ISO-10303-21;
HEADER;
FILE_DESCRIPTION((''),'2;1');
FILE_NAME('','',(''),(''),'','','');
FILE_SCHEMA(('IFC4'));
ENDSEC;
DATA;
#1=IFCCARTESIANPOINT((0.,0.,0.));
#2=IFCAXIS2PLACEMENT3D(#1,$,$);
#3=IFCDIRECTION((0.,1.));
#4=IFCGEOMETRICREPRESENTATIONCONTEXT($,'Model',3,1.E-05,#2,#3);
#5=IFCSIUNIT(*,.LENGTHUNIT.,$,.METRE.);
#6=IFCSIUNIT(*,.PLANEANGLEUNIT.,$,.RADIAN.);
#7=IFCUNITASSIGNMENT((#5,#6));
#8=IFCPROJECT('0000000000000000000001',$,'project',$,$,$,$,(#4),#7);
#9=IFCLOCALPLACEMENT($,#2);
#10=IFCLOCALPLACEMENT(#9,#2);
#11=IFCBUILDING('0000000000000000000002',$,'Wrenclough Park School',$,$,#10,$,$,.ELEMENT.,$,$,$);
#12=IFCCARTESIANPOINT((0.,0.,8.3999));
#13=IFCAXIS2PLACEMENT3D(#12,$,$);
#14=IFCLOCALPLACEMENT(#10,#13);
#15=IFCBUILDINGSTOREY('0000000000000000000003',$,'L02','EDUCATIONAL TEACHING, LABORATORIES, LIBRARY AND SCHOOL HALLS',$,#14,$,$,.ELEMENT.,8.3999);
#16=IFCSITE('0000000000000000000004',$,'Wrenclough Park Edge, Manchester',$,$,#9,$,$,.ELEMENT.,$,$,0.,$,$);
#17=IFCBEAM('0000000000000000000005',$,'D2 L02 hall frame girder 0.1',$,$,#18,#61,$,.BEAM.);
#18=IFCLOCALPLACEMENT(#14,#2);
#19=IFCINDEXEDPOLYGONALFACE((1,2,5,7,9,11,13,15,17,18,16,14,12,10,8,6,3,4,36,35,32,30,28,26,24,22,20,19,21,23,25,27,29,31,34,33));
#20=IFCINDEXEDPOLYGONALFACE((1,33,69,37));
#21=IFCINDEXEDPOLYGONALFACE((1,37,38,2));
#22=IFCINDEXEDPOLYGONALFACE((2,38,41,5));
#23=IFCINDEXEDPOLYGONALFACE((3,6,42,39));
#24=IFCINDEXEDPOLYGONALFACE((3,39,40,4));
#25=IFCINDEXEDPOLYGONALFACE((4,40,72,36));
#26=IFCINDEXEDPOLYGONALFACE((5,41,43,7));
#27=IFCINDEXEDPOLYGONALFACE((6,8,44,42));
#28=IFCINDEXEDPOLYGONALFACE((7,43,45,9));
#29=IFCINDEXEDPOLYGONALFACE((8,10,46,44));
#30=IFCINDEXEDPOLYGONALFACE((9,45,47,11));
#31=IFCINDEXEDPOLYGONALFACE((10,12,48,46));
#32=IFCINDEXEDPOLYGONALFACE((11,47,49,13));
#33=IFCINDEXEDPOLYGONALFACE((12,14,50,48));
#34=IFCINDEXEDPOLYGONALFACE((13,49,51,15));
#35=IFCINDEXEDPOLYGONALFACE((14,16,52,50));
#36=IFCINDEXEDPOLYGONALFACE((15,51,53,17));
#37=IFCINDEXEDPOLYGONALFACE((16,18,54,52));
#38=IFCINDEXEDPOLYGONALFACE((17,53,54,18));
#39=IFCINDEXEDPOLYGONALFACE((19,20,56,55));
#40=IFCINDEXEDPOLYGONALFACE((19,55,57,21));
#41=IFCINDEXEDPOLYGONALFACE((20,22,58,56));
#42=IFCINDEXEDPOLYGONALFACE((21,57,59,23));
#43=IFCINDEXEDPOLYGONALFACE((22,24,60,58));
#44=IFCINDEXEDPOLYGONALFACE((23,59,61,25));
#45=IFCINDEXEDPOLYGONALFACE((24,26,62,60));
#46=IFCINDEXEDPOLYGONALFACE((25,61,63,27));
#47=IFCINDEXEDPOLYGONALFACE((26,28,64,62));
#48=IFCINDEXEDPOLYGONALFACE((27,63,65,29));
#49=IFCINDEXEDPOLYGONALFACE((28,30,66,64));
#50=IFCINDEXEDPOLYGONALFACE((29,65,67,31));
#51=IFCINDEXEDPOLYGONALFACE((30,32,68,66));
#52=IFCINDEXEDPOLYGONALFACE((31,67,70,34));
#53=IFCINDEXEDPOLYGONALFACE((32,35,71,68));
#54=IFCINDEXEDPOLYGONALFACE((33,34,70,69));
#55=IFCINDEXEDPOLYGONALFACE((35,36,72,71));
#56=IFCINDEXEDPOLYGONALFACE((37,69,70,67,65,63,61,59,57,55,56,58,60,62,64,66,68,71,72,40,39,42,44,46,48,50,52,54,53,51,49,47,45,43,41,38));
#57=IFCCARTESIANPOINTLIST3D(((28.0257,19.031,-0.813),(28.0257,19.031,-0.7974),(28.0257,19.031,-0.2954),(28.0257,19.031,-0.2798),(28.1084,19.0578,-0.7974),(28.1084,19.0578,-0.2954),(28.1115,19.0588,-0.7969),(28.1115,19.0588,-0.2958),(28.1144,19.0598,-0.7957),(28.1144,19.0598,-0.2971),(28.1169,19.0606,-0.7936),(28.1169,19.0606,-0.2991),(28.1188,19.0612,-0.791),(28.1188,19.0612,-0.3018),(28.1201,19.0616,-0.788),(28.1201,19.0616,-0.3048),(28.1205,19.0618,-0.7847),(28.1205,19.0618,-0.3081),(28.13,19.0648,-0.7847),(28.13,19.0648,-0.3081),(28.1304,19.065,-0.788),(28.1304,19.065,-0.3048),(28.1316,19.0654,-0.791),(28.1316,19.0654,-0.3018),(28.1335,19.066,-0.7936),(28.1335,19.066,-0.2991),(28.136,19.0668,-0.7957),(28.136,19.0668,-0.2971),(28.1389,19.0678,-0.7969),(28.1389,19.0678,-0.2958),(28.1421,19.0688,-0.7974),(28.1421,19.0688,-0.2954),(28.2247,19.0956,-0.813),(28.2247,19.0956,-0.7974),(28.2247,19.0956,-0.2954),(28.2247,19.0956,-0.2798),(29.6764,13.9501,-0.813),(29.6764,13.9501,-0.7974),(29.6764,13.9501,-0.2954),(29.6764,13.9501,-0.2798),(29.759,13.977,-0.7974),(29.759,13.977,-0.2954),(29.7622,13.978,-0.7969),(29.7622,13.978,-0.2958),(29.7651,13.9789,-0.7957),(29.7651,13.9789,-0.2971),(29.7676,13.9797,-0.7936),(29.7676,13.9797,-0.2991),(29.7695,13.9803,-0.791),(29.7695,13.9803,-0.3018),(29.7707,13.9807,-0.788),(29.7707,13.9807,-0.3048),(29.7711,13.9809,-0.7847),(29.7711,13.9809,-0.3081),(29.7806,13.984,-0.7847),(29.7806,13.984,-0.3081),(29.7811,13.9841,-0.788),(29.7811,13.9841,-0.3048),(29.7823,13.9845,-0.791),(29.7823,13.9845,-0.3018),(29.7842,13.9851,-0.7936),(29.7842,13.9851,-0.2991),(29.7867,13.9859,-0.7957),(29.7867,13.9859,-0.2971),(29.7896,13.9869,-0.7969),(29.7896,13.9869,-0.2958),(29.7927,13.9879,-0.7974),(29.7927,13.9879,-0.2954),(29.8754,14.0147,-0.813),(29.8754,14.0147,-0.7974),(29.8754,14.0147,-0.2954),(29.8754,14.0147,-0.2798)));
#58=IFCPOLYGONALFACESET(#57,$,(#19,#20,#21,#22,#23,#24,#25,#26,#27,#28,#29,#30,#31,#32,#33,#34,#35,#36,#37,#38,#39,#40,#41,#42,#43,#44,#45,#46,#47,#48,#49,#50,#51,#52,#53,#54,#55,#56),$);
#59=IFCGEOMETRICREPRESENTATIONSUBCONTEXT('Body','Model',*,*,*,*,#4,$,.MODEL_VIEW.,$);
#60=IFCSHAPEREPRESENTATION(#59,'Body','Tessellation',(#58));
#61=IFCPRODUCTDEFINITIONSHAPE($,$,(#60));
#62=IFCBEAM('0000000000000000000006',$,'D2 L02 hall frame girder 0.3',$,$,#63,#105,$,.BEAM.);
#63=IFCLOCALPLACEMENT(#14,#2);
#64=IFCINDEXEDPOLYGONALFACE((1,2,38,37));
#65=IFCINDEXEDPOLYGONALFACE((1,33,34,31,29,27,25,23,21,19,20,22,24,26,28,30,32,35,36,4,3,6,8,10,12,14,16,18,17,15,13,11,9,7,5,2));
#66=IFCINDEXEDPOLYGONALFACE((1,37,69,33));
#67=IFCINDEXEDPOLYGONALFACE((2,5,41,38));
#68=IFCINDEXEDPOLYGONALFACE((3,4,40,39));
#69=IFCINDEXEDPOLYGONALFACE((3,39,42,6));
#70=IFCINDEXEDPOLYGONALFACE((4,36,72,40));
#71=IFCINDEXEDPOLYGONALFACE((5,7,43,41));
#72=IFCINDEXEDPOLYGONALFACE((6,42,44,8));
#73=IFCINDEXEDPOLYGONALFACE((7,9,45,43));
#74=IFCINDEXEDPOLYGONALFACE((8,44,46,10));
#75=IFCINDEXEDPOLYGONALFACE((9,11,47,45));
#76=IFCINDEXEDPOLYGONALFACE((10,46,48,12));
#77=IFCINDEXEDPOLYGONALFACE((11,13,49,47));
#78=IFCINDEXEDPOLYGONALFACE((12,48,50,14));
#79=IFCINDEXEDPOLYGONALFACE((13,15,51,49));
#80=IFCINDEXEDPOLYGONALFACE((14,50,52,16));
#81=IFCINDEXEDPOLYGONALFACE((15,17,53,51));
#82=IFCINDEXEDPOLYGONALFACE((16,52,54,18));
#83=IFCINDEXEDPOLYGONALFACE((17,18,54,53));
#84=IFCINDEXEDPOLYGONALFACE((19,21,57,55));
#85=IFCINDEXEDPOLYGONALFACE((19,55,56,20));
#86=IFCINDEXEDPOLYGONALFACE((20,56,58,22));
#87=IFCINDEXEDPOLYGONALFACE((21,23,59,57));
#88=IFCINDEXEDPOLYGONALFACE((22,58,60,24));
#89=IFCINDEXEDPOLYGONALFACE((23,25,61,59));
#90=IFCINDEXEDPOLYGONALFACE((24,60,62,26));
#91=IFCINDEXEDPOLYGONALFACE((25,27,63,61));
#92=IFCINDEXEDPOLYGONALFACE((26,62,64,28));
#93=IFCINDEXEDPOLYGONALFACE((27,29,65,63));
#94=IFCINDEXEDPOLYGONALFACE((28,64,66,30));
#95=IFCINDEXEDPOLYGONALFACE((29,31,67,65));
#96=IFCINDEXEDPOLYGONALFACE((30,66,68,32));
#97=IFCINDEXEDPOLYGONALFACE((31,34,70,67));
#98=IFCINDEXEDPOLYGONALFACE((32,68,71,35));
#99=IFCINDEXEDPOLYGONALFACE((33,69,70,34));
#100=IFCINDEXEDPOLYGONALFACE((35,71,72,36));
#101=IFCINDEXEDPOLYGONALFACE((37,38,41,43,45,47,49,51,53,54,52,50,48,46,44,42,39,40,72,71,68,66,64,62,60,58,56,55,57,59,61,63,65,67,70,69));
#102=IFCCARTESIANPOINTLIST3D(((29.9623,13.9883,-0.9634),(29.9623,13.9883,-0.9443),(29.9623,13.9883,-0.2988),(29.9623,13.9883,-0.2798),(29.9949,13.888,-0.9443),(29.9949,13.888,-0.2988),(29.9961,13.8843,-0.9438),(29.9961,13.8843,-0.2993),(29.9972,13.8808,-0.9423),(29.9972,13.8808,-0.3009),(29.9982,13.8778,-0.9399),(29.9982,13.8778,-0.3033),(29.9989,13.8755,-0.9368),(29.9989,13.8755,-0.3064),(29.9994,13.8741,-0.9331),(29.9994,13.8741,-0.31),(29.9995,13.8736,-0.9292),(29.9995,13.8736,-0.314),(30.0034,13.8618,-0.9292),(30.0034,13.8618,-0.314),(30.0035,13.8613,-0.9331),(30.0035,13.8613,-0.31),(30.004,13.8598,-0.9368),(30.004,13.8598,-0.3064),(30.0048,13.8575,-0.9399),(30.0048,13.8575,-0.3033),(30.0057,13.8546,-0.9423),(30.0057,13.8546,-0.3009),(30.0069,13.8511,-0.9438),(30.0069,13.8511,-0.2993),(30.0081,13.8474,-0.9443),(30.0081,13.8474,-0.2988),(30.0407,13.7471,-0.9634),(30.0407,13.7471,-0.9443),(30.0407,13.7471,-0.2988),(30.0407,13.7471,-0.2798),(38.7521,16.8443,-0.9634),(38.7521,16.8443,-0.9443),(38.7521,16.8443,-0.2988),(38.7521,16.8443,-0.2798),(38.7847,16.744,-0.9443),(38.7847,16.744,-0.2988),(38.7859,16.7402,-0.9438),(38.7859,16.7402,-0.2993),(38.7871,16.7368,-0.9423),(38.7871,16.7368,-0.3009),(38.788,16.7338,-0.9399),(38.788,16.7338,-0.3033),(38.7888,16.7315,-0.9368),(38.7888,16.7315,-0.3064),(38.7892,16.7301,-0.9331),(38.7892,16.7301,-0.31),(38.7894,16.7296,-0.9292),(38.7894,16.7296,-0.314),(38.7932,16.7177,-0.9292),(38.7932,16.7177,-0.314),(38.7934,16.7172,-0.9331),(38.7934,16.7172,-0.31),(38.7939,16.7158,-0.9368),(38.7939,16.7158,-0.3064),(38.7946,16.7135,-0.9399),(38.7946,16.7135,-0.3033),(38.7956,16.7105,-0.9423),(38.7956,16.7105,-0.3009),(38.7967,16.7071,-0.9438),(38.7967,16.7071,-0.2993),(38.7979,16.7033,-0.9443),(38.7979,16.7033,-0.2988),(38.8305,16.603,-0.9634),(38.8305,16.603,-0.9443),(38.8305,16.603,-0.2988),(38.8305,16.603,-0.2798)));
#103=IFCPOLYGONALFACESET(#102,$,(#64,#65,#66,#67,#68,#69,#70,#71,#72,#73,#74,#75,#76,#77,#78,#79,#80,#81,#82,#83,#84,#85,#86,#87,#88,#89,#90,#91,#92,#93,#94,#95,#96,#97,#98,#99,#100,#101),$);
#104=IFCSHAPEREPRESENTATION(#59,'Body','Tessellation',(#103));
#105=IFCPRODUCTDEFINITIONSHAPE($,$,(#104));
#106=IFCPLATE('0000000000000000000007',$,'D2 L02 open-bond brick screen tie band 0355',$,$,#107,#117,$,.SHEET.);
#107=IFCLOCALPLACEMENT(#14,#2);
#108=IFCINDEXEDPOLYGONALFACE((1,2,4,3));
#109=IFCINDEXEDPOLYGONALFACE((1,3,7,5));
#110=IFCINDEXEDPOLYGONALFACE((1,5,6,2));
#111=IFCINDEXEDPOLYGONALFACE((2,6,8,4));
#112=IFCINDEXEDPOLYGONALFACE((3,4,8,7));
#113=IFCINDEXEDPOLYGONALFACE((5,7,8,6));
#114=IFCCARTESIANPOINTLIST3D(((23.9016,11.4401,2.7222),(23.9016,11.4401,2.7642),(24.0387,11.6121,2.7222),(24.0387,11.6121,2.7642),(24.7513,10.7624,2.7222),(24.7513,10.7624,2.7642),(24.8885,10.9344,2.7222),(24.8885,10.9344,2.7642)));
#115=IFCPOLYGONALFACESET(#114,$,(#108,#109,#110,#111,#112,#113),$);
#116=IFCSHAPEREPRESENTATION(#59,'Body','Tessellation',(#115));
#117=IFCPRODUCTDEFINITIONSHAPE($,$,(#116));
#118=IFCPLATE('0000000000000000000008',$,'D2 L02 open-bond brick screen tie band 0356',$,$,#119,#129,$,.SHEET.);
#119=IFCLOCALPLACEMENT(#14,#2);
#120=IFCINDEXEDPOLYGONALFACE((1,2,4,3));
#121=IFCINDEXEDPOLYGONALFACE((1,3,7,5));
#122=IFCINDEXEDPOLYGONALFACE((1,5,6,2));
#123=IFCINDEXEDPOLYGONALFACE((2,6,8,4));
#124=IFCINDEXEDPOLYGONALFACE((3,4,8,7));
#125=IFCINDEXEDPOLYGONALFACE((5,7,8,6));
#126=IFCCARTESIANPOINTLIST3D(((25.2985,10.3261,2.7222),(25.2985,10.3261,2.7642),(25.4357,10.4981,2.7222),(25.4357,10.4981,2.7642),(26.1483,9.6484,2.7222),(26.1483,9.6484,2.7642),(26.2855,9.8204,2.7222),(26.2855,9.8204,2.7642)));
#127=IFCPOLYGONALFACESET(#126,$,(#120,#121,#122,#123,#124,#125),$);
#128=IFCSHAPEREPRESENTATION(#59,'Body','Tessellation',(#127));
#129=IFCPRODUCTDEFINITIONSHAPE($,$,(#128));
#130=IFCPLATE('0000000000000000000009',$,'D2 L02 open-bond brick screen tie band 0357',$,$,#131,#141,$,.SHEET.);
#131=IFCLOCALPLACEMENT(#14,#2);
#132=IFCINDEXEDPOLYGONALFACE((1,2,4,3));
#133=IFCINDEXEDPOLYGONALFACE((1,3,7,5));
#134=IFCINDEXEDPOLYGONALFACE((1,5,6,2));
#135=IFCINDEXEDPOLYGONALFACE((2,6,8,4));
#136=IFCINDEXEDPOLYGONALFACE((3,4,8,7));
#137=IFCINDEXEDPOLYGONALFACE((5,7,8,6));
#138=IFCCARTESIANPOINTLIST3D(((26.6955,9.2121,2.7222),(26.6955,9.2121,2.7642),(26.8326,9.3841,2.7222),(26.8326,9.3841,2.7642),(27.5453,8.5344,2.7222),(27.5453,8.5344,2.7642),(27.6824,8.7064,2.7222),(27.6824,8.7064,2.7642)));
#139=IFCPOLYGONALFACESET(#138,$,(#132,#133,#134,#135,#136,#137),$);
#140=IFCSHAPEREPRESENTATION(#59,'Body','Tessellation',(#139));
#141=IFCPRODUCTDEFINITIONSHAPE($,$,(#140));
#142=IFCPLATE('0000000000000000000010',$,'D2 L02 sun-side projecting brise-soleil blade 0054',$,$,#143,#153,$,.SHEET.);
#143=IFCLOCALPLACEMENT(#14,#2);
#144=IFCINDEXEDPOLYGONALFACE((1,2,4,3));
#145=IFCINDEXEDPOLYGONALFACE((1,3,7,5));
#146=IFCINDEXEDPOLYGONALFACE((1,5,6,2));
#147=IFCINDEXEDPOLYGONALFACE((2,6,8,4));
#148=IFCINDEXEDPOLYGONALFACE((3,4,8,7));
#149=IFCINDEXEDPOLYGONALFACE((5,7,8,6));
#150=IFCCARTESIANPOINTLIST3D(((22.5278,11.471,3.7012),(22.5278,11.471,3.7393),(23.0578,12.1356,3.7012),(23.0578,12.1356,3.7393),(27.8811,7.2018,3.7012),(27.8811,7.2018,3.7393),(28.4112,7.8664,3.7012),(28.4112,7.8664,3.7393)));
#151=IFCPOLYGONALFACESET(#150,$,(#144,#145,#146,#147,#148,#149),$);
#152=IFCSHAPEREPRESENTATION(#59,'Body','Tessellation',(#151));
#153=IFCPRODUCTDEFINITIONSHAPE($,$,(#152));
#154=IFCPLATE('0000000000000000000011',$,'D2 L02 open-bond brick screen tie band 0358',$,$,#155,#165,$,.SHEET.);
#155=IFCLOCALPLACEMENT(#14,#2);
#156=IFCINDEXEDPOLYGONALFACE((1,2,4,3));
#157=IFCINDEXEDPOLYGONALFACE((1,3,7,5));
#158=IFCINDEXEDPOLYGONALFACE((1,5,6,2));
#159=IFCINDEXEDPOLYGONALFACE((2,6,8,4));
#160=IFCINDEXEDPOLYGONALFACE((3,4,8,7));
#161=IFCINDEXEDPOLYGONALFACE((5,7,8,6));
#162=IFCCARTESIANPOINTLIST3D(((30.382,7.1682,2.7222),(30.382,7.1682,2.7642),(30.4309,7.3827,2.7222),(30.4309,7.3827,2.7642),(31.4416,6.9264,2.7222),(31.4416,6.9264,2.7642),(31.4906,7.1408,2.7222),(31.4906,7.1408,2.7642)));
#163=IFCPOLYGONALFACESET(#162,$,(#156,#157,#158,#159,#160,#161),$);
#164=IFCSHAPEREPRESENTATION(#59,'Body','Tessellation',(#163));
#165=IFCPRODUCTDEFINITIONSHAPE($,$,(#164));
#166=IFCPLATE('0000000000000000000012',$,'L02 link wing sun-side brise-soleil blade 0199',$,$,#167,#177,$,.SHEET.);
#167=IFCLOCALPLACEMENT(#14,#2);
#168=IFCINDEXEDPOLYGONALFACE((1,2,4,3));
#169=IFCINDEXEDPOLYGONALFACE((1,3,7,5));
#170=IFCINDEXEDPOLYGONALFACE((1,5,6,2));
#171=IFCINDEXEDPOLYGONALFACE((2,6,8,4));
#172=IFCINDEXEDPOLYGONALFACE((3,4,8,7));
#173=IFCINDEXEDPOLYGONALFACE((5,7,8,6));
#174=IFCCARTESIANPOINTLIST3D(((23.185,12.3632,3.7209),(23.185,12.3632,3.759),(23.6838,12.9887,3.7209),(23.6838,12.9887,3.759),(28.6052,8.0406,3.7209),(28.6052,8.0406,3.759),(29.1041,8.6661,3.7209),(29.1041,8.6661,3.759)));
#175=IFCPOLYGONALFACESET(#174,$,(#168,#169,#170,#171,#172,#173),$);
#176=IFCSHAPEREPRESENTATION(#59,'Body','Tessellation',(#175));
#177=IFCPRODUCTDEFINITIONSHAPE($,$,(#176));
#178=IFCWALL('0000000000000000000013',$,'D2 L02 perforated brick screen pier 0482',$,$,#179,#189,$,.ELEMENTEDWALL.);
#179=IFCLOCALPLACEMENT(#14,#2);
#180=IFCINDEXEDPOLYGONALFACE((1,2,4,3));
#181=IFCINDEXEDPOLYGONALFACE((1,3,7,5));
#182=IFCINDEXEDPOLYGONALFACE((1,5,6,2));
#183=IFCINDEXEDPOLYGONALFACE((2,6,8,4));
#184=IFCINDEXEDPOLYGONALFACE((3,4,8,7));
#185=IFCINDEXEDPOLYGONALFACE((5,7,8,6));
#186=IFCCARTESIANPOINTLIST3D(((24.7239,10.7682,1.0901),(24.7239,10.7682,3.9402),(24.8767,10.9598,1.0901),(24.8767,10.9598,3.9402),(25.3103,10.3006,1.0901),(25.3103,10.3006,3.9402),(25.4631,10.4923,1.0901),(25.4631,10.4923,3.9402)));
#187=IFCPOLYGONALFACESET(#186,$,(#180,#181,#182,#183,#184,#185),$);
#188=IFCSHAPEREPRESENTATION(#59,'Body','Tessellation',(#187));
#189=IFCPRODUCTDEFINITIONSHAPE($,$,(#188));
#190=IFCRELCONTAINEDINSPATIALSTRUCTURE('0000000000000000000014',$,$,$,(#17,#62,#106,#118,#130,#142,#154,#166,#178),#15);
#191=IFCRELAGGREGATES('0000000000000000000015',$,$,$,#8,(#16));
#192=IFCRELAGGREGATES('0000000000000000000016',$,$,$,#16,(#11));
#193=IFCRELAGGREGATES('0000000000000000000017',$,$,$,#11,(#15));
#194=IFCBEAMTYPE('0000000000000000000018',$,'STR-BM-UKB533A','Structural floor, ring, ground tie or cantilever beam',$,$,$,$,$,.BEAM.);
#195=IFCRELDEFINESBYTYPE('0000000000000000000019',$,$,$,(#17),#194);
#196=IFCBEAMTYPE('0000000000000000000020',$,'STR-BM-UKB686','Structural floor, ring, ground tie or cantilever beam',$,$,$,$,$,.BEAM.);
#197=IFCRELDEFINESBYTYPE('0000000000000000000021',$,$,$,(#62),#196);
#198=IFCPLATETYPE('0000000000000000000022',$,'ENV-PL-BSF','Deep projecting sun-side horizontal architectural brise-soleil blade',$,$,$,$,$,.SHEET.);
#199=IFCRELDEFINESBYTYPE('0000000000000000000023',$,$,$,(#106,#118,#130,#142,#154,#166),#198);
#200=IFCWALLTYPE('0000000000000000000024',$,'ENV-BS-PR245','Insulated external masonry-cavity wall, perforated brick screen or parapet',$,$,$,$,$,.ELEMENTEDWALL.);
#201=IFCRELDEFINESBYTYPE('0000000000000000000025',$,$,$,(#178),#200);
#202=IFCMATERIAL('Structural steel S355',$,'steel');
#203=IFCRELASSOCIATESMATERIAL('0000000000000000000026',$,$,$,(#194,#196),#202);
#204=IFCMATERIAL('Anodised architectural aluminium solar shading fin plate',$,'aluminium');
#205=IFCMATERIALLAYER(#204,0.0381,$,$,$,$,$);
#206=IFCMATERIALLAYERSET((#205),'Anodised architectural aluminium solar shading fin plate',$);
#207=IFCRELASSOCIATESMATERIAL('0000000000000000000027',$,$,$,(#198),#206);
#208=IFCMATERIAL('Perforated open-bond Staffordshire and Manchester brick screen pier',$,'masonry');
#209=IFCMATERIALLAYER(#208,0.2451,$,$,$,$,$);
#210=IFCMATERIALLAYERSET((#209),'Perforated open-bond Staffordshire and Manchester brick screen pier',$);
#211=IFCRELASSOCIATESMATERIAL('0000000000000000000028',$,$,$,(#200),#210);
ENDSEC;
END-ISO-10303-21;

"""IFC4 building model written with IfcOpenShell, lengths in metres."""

from ifc_helpers import new_model, si_unit, direction, frame, frame_2d, origin, origin_2d, place, context, subcontext, project, spatial, rectangle, i_section, extrude, material, layer, layer_set, material_profile, profile_set, type_object, element, save


model = new_model("IFC4")

# Units and contexts
model_context = context("Model", 3, precision=1e-05, world=origin(), true_north=direction((0.0, 1.0)))
body_context = subcontext(model_context, "Body", "Model", "MODEL_VIEW")
ifc_project = project(units=[si_unit("LENGTHUNIT", "METRE"), si_unit("PLANEANGLEUNIT", "RADIAN")], contexts=[model_context])

# Site, building, storey
site_placement = place(None, origin())
site = spatial("IfcSite", under=ifc_project, at=site_placement, Name="Wrenclough Park Edge, Manchester", CompositionType="ELEMENT", RefElevation=0.0)
building_placement = place(site_placement, origin())
building = spatial("IfcBuilding", under=site, at=building_placement, Name="Wrenclough Park School", CompositionType="ELEMENT")
storey_placement = place(building_placement, frame((0.0, 0.0, 8.3999)))
storey = spatial("IfcBuildingStorey", under=building, at=storey_placement, Name="L02", Description="EDUCATIONAL TEACHING, LABORATORIES, LIBRARY AND SCHOOL HALLS", CompositionType="ELEMENT", Elevation=8.3999)

# Shared definitions
ifc_material_1 = material(Name="Structural steel S355", Category="steel")

# Beams
ifc_material_profile_1 = material_profile(ifc_material_1, i_section(OverallWidth=0.2092, OverallDepth=0.5332, WebThickness=0.01, FlangeThickness=0.0156, FilletRadius=0.0127, at=origin_2d()), Name="UKB 533x210x92")
ifc_profile_set_1 = profile_set([ifc_material_profile_1], Name="Structural steel S355")
beam_type_1 = type_object("IfcBeamType", Name="STR-BM-UKB533A", Description="Structural floor, ring, ground tie or cantilever beam", PredefinedType="BEAM", material=ifc_profile_set_1)
beam_1_placement = place(storey_placement, frame((29.7759, 13.9824, -0.5464), z_axis=(-0.30898, 0.951069, 0.0), x_axis=(-0.951069, -0.30898, 0.0)))
element("IfcBeam", 1, at=beam_1_placement, inside=storey, type_object=beam_type_1, Name="D2 L02 hall frame girder 0.1", PredefinedType="BEAM", context=body_context, shape_type="SweptSolid", body=[
    extrude(i_section(OverallWidth=0.2092, OverallDepth=0.5332, WebThickness=0.01, FlangeThickness=0.0156, FilletRadius=0.0127, at=origin_2d()), origin(), (0.0, 0.0, 1.0), 5.3423),
])
ifc_material_profile_2 = material_profile(ifc_material_1, i_section(OverallWidth=0.2537, OverallDepth=0.6836, WebThickness=0.0125, FlangeThickness=0.019, FilletRadius=0.0151, at=origin_2d()), Name="UKB 686x254x140")
ifc_profile_set_2 = profile_set([ifc_material_profile_2], Name="Structural steel S355")
beam_type_2 = type_object("IfcBeamType", Name="STR-BM-UKB686", Description="Structural floor, ring, ground tie or cantilever beam", PredefinedType="BEAM", material=ifc_profile_set_2)
beam_2_placement = place(storey_placement, frame((30.0015, 13.8677, -0.6216), z_axis=(0.951057, 0.309015, 0.0), x_axis=(-0.309015, 0.951057, 0.0)))
element("IfcBeam", 2, at=beam_2_placement, inside=storey, type_object=beam_type_2, Name="D2 L02 hall frame girder 0.3", PredefinedType="BEAM", context=body_context, shape_type="SweptSolid", body=[
    extrude(i_section(OverallWidth=0.2537, OverallDepth=0.6836, WebThickness=0.0125, FlangeThickness=0.019, FilletRadius=0.0151, at=origin_2d()), origin(), (0.0, 0.0, 1.0), 9.2422),
])

# Plates
ifc_material_2 = material(Name="Anodised architectural aluminium solar shading fin plate", Category="aluminium")
ifc_layer_1 = layer(ifc_material_2, 0.0381)
ifc_layer_set_1 = layer_set([ifc_layer_1], Name="Anodised architectural aluminium solar shading fin plate")
plate_type = type_object("IfcPlateType", Name="ENV-PL-BSF", Description="Deep projecting sun-side horizontal architectural brise-soleil blade", PredefinedType="SHEET", material=ifc_layer_set_1)
for number, where, z_axis, x_axis, name in (
    (3, (24.395, 11.1873, 2.7222), (0.0, 0.0, 1.0), (0.781832, -0.62349, 0.0), "D2 L02 open-bond brick screen tie band 0355"),
    (4, (25.792, 10.0732, 2.7222), (0.0, 0.0, 1.0), (0.781832, -0.62349, 0.0), "D2 L02 open-bond brick screen tie band 0356"),
    (5, (27.189, 8.9592, 2.7222), (0.0, 0.0, 1.0), (0.781832, -0.62349, 0.0), "D2 L02 open-bond brick screen tie band 0357"),
):
    element("IfcPlate", number, at=place(storey_placement, frame(where, z_axis=z_axis, x_axis=x_axis)), inside=storey, type_object=plate_type, Name=name, PredefinedType="SHEET", context=body_context, shape_type="SweptSolid", body=[
        extrude(rectangle(XDim=1.0869, YDim=0.22, at=origin_2d()), origin(), (0.0, 0.0, 1.0), 0.042),
    ])
plate_1_placement = place(storey_placement, frame((25.4695, 9.6687, 3.7012), z_axis=(0.0, 0.0, 1.0), x_axis=(0.781832, -0.62349, 0.0)))
element("IfcPlate", 6, at=plate_1_placement, inside=storey, type_object=plate_type, Name="D2 L02 sun-side projecting brise-soleil blade 0054", PredefinedType="SHEET", context=body_context, shape_type="SweptSolid", body=[
    extrude(rectangle(XDim=6.8472, YDim=0.8501, at=origin_2d()), origin(), (0.0, 0.0, 1.0), 0.0381),
])
plate_2_placement = place(storey_placement, frame((30.9363, 7.1545, 2.7222), z_axis=(0.0, 0.0, 1.0), x_axis=(0.974926, -0.222528, 0.0)))
element("IfcPlate", 7, at=plate_2_placement, inside=storey, type_object=plate_type, Name="D2 L02 open-bond brick screen tie band 0358", PredefinedType="SHEET", context=body_context, shape_type="SweptSolid", body=[
    extrude(rectangle(XDim=1.0869, YDim=0.22, at=origin_2d()), origin(), (0.0, 0.0, 1.0), 0.042),
])
plate_3_placement = place(storey_placement, frame((26.1445, 10.5146, 3.7209), z_axis=(0.0, 0.0, 1.0), x_axis=(-0.781821, 0.623504, 0.0)))
element("IfcPlate", 8, at=plate_3_placement, inside=storey, type_object=plate_type, Name="L02 link wing sun-side brise-soleil blade 0199", PredefinedType="SHEET", context=body_context, shape_type="SweptSolid", body=[
    extrude(rectangle(XDim=6.9329, YDim=0.8, at=origin_2d()), origin(), (0.0, 0.0, 1.0), 0.0381),
])

# Wall
ifc_material_3 = material(Name="Perforated open-bond Staffordshire and Manchester brick screen pier", Category="masonry")
ifc_layer_2 = layer(ifc_material_3, 0.2451)
ifc_layer_set_2 = layer_set([ifc_layer_2], Name="Perforated open-bond Staffordshire and Manchester brick screen pier")
wall_type_1 = type_object("IfcWallType", Name="ENV-BS-PR245", Description="Insulated external masonry-cavity wall, perforated brick screen or parapet", PredefinedType="ELEMENTEDWALL", material=ifc_layer_set_2)
wall_1_placement = place(storey_placement, frame((24.8003, 10.864, 1.0901), z_axis=(0.0, 0.0, 1.0), x_axis=(0.781916, -0.623384, 0.0)))
element("IfcWall", 9, at=wall_1_placement, inside=storey, type_object=wall_type_1, Name="D2 L02 perforated brick screen pier 0482", PredefinedType="ELEMENTEDWALL", context=body_context, shape_type="SweptSolid", body=[
    extrude(rectangle(XDim=0.75, YDim=0.2451, at=frame_2d((0.375, 0.0))), origin(), (0.0, 0.0, 1.0), 2.8501),
])

save(model, "model.ifc")
